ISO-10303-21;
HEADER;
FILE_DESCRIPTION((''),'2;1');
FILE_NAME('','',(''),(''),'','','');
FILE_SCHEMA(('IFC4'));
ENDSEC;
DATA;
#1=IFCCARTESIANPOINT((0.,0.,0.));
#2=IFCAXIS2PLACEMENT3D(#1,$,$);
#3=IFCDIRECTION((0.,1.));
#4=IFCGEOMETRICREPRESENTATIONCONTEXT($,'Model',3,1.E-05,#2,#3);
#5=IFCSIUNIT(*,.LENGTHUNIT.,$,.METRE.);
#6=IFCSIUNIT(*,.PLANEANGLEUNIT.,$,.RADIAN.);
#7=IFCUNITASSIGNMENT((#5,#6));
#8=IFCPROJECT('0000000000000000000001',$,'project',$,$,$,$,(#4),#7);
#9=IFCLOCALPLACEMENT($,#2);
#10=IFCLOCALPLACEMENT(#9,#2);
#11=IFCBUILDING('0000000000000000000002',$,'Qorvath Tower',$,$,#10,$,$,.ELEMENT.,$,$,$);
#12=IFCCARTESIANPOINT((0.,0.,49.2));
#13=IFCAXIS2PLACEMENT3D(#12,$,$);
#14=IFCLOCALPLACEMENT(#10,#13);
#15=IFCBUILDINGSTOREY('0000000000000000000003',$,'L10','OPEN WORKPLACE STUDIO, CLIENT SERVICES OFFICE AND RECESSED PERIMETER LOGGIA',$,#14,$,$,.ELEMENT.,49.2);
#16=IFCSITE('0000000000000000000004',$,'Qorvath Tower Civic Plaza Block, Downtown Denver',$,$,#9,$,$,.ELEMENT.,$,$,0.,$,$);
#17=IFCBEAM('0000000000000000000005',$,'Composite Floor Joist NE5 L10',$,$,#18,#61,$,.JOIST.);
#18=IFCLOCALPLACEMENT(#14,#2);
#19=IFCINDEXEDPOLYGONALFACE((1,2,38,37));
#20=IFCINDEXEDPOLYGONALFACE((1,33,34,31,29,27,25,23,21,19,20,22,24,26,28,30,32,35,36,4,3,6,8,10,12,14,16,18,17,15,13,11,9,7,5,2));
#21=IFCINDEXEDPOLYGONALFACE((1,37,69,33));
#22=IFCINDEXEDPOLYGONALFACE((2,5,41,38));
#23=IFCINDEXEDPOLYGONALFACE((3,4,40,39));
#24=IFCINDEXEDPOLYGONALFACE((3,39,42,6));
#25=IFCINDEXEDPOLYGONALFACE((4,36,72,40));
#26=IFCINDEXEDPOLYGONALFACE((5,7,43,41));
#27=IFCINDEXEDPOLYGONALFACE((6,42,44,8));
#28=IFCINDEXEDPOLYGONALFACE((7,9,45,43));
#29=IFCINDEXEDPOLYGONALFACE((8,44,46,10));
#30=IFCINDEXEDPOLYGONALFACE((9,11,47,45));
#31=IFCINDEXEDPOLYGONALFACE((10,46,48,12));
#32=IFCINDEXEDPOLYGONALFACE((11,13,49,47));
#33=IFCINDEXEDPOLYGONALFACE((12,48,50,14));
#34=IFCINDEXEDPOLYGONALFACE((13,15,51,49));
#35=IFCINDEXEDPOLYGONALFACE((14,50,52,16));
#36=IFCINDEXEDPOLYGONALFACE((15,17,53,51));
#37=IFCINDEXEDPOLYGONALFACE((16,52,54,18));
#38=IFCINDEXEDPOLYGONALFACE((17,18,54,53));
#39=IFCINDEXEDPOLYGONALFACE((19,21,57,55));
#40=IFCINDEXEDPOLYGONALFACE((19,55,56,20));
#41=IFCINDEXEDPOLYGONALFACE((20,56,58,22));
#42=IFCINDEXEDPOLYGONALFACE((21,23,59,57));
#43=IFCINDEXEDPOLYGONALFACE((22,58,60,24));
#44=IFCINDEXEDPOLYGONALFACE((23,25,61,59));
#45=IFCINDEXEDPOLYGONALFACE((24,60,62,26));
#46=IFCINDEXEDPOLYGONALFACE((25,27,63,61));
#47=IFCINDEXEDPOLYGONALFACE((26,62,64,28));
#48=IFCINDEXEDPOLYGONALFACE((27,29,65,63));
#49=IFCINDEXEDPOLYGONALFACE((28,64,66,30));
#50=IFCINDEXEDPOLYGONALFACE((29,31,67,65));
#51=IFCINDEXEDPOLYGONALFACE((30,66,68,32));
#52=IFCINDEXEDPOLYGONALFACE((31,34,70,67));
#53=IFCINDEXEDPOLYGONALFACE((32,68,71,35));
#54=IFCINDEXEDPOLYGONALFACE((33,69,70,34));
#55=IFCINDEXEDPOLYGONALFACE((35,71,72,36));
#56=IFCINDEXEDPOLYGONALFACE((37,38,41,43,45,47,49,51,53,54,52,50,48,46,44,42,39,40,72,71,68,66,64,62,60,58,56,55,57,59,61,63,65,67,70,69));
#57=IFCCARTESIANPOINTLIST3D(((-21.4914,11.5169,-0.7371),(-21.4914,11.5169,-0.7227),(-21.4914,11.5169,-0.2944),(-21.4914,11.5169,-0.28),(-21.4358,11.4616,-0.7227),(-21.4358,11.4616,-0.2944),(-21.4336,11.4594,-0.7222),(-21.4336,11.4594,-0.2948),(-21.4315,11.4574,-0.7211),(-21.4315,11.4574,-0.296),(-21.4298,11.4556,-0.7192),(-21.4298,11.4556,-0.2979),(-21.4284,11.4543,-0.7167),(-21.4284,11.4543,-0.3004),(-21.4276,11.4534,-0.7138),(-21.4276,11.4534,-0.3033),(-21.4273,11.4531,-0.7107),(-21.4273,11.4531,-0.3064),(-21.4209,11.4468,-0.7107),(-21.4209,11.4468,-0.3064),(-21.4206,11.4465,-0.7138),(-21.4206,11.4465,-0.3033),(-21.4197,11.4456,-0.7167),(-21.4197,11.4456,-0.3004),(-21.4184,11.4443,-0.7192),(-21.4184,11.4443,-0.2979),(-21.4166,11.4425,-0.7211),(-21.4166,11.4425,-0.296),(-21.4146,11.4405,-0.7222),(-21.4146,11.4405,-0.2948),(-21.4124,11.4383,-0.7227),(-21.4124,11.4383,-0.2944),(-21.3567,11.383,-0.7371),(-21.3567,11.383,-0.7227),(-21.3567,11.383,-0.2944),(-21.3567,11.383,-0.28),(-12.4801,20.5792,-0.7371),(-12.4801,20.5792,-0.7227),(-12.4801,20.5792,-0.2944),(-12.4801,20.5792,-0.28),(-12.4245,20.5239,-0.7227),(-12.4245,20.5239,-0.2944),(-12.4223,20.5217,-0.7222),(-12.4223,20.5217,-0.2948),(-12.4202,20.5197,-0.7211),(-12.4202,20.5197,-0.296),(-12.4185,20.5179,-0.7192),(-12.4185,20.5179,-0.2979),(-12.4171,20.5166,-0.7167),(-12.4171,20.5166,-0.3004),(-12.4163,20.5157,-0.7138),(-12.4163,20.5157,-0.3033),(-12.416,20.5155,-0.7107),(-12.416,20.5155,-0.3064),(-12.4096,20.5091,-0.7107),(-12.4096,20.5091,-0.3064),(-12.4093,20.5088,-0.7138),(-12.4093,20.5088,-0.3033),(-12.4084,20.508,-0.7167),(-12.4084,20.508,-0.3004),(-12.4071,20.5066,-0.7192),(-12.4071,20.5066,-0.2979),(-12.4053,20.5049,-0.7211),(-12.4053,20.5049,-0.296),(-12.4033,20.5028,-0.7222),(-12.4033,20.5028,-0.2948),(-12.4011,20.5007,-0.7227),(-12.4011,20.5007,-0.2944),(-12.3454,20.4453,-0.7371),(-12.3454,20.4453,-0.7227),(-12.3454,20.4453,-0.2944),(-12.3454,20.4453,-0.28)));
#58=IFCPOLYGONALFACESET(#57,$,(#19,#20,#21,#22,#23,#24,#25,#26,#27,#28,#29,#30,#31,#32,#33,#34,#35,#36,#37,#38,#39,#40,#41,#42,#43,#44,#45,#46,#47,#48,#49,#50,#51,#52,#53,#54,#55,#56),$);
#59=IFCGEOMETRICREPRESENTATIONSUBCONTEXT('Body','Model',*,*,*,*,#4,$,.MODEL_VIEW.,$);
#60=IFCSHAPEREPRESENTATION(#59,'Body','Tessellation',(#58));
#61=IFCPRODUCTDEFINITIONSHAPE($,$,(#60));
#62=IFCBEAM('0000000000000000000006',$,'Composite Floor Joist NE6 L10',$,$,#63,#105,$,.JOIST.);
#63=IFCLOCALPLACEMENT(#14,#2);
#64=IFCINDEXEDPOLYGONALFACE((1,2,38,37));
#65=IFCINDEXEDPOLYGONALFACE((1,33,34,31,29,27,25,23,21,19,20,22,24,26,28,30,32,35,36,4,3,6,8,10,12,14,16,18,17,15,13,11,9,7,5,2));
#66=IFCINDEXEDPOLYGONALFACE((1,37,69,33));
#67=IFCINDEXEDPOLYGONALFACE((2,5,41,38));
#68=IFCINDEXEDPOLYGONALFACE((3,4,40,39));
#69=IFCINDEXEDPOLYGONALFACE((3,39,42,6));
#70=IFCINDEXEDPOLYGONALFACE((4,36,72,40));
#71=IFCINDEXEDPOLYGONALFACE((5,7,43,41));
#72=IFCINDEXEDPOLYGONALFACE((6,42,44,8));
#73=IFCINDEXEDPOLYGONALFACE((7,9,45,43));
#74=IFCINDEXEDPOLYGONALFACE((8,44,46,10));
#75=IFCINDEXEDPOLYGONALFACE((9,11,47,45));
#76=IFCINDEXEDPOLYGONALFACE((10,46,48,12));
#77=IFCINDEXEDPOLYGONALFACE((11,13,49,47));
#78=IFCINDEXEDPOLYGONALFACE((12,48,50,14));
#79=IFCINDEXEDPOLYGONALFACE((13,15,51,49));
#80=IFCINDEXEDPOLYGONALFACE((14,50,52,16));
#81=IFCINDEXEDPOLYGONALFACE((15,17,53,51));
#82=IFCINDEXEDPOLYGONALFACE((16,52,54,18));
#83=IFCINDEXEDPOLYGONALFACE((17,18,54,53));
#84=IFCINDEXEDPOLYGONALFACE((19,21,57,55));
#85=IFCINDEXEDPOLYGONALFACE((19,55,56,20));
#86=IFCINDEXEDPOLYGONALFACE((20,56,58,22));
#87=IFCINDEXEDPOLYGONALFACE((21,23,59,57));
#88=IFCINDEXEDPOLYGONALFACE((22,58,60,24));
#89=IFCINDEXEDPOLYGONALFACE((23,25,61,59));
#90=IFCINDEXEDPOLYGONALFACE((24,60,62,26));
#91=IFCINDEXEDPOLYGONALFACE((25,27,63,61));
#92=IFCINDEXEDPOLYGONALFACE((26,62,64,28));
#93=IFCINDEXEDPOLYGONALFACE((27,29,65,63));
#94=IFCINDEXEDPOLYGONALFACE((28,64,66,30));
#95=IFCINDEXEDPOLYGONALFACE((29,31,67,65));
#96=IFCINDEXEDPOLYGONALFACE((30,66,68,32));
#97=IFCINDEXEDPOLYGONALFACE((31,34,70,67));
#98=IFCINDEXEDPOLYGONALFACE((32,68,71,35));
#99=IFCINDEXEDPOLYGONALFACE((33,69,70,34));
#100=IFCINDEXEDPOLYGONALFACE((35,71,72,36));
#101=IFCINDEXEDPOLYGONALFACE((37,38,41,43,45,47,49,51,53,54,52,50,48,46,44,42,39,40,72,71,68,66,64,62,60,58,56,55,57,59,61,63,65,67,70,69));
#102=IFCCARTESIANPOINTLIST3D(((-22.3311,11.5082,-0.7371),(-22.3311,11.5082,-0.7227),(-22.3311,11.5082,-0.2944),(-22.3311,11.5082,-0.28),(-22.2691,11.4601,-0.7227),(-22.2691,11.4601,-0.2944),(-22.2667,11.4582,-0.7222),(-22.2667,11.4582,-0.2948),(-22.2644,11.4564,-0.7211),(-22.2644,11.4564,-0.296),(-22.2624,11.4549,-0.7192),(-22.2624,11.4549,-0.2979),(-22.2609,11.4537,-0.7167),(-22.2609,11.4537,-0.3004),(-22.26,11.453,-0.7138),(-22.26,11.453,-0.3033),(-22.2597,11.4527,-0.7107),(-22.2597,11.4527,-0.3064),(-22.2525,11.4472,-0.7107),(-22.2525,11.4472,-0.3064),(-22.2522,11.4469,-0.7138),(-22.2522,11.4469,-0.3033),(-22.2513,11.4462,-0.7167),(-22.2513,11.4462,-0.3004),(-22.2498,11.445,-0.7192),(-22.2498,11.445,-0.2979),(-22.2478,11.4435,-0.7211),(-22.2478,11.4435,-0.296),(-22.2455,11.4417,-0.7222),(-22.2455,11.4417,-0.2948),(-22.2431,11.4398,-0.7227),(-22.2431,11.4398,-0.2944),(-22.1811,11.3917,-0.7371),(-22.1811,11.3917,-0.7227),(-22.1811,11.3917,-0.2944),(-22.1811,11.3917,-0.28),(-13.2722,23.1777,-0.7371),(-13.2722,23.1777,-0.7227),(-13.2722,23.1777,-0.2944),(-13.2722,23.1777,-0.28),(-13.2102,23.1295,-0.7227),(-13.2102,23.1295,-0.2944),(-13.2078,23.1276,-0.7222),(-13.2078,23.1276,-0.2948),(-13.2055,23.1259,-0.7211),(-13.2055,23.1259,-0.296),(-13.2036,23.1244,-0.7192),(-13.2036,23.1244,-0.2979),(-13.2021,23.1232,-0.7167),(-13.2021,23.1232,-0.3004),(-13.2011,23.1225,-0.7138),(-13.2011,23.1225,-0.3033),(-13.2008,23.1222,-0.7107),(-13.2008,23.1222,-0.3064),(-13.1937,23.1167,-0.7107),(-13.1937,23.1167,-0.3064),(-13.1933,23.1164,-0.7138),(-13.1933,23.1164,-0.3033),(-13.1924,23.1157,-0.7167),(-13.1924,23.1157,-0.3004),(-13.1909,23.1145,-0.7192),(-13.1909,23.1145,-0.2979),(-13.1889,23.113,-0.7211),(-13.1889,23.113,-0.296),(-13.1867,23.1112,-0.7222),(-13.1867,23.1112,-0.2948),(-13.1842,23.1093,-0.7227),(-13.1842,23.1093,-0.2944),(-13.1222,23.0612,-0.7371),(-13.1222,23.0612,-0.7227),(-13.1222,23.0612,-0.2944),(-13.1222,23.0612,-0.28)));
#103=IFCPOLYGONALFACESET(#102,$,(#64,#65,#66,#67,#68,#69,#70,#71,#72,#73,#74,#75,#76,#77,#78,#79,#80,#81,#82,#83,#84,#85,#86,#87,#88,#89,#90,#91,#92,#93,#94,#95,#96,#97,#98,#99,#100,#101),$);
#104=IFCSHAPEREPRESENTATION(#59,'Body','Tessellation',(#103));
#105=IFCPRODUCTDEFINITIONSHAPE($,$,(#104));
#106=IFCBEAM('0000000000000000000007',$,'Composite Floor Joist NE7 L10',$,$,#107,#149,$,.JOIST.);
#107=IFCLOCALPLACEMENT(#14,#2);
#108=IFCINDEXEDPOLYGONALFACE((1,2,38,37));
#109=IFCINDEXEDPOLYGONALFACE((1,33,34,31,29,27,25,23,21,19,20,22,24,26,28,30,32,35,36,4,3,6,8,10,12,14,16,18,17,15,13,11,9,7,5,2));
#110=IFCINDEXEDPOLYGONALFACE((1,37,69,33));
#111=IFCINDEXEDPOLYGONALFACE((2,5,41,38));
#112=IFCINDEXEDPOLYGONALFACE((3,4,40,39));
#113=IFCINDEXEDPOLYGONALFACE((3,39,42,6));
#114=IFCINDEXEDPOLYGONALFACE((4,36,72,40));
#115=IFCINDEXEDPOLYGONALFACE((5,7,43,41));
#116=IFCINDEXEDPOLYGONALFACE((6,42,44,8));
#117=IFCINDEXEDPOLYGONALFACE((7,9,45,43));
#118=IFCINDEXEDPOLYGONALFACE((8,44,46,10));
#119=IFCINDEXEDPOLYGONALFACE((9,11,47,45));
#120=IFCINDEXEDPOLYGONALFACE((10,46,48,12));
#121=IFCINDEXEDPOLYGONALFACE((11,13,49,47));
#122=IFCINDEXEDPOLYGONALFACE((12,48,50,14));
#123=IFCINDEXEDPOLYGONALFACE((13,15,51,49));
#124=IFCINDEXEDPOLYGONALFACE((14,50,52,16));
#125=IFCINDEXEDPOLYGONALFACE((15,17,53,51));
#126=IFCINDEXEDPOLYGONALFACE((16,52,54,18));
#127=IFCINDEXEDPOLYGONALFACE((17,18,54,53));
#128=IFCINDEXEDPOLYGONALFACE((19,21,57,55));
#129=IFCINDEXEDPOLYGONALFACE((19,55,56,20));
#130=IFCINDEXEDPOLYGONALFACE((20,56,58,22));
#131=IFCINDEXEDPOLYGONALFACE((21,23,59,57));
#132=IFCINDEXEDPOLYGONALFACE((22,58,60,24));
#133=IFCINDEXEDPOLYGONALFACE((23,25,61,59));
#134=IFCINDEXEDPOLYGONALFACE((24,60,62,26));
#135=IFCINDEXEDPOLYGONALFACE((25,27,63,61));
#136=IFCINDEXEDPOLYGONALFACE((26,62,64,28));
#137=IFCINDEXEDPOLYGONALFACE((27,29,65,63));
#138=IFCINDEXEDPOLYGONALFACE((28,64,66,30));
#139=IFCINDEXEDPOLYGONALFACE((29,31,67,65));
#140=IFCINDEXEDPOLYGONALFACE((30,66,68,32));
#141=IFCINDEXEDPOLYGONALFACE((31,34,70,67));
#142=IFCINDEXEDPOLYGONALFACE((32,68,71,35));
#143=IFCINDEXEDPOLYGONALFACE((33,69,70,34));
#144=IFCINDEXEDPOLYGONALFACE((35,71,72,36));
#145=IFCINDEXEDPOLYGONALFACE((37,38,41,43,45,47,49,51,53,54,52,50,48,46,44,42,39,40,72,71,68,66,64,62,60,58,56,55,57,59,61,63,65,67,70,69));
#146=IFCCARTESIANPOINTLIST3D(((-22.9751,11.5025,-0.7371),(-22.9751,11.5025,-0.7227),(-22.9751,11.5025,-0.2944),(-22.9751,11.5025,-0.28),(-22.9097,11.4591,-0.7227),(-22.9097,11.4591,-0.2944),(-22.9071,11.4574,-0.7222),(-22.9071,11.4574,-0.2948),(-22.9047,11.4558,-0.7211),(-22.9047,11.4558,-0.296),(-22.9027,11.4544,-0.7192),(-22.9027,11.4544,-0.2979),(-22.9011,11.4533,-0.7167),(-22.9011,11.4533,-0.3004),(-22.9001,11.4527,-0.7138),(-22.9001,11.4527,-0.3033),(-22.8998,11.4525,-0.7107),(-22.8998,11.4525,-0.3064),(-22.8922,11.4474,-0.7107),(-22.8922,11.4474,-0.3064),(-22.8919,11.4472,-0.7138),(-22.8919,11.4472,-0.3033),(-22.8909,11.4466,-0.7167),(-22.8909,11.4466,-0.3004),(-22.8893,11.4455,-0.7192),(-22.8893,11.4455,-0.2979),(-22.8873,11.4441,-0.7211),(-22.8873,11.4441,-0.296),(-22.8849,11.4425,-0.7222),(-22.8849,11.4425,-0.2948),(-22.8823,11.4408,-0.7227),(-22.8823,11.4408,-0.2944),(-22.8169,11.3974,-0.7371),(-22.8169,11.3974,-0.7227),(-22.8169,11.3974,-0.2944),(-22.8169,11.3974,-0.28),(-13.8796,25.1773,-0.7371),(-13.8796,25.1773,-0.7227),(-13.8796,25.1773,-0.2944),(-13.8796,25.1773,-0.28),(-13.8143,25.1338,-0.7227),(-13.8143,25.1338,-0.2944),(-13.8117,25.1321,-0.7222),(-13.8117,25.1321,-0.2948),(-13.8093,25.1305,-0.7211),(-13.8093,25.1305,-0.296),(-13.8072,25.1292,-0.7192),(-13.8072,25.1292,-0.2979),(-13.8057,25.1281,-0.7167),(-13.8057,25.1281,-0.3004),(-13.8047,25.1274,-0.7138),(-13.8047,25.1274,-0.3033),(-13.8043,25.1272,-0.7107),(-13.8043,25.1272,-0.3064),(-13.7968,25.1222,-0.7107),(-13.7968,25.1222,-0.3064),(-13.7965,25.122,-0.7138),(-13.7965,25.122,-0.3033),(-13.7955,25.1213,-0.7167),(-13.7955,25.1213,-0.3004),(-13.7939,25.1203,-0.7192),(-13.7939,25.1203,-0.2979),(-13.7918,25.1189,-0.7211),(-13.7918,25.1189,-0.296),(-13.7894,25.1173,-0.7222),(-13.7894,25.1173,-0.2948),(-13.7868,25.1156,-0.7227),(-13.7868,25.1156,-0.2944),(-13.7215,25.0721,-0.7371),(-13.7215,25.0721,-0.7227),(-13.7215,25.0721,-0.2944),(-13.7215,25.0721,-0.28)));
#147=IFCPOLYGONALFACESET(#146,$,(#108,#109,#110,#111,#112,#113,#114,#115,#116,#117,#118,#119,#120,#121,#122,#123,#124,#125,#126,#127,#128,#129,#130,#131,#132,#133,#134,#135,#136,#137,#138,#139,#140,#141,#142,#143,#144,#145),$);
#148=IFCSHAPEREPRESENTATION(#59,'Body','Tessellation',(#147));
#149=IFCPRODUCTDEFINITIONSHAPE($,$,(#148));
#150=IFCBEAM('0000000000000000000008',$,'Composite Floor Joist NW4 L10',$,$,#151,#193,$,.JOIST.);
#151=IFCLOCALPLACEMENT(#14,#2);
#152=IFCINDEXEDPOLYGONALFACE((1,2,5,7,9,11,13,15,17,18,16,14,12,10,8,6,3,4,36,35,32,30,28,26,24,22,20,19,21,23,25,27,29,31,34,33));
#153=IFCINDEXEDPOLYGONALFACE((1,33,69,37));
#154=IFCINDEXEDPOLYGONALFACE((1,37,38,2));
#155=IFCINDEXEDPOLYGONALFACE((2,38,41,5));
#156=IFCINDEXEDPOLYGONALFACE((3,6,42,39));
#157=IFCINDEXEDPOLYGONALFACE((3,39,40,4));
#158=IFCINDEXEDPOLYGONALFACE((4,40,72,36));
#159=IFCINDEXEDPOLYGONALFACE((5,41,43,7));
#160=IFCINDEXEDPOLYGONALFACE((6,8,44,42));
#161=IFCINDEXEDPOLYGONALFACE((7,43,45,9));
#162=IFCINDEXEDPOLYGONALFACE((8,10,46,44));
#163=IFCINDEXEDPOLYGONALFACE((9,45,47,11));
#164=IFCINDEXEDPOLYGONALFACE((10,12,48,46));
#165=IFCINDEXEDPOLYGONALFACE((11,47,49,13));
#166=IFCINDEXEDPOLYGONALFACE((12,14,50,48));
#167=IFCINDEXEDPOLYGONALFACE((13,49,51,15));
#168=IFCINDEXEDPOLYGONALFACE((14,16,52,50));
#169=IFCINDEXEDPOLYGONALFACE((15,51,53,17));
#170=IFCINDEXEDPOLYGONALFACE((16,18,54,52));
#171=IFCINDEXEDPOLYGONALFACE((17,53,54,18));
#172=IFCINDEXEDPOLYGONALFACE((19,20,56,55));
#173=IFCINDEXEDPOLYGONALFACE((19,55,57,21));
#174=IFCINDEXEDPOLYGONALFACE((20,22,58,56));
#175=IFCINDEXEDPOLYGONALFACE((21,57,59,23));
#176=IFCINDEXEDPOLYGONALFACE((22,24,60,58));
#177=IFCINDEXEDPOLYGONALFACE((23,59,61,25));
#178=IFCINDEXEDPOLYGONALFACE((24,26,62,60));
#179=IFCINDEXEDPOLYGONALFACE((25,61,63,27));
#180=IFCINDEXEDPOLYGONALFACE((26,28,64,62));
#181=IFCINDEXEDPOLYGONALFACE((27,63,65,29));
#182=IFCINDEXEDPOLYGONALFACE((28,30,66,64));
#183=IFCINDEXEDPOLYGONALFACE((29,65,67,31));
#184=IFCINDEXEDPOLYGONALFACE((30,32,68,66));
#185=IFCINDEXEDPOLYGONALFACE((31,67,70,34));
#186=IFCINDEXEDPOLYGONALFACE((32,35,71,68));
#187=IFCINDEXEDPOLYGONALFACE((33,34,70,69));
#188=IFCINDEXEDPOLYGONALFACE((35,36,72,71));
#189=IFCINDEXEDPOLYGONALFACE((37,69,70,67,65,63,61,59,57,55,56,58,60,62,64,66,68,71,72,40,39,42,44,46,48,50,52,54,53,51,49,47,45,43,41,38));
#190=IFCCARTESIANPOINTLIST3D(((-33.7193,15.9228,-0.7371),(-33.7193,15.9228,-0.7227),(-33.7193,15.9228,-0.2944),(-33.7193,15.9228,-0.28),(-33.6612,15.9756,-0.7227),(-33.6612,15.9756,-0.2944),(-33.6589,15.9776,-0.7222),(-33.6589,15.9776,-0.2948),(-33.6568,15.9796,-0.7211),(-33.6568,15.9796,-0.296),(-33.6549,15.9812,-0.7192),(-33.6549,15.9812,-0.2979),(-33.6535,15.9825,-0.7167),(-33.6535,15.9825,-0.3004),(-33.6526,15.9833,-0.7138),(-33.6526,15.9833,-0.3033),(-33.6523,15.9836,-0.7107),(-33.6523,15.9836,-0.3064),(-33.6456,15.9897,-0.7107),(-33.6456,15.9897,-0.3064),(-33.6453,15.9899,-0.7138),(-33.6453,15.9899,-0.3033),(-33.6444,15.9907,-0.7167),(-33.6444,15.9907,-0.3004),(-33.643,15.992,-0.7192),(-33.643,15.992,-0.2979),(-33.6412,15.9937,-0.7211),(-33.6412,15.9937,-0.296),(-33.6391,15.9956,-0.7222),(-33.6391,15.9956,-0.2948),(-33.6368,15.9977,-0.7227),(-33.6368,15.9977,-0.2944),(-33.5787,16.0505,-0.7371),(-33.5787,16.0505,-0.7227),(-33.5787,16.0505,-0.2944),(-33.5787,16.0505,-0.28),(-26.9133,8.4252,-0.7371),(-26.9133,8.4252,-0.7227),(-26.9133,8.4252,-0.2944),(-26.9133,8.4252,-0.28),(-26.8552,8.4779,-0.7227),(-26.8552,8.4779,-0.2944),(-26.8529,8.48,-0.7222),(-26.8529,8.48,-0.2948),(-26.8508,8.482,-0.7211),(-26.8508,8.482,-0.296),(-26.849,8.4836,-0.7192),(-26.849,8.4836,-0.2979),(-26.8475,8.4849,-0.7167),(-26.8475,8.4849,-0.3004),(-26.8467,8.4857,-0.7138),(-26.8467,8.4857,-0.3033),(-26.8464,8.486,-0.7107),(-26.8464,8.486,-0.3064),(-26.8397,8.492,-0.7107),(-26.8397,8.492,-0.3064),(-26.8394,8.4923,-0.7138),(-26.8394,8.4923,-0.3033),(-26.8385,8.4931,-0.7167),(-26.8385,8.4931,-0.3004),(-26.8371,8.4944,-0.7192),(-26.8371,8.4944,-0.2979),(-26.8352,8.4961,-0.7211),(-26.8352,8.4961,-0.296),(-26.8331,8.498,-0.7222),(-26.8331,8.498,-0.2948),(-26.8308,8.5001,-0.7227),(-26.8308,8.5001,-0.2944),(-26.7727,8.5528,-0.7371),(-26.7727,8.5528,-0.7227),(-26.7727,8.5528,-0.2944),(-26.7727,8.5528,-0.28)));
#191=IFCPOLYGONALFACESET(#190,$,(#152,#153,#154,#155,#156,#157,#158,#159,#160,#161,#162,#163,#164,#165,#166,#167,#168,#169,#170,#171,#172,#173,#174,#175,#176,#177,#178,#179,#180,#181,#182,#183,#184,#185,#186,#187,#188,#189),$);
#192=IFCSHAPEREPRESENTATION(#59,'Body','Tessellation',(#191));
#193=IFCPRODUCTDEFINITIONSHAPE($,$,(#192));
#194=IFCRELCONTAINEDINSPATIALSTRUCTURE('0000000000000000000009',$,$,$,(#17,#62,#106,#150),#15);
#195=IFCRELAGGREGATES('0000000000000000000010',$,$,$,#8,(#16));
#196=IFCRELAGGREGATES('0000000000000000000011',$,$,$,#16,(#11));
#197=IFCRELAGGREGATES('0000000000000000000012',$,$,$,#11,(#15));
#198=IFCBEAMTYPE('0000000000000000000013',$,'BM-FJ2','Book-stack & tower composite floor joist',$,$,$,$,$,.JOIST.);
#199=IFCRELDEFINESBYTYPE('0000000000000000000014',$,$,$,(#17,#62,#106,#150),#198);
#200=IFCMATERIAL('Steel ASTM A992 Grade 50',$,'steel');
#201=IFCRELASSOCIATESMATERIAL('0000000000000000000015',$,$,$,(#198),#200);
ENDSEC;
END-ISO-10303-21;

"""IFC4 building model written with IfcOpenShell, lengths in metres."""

from ifc_helpers import new_model, si_unit, direction, frame, origin, origin_2d, place, context, subcontext, project, spatial, i_section, extrude, material, material_profile, profile_set, type_object, element, save


model = new_model("IFC4")

# Units and contexts
model_context = context("Model", 3, precision=1e-05, world=origin(), true_north=direction((0.0, 1.0)))
body_context = subcontext(model_context, "Body", "Model", "MODEL_VIEW")
ifc_project = project(units=[si_unit("LENGTHUNIT", "METRE"), si_unit("PLANEANGLEUNIT", "RADIAN")], contexts=[model_context])

# Site, building, storey
site_placement = place(None, origin())
site = spatial("IfcSite", under=ifc_project, at=site_placement, Name="Qorvath Tower Civic Plaza Block, Downtown Denver", CompositionType="ELEMENT", RefElevation=0.0)
building_placement = place(site_placement, origin())
building = spatial("IfcBuilding", under=site, at=building_placement, Name="Qorvath Tower", CompositionType="ELEMENT")
storey_placement = place(building_placement, frame((0.0, 0.0, 49.2)))
storey = spatial("IfcBuildingStorey", under=building, at=storey_placement, Name="L10", Description="OPEN WORKPLACE STUDIO, CLIENT SERVICES OFFICE AND RECESSED PERIMETER LOGGIA", CompositionType="ELEMENT", Elevation=49.2)

# Beams
ifc_material_1 = material(Name="Steel ASTM A992 Grade 50", Category="steel")
ifc_material_profile_1 = material_profile(ifc_material_1, i_section(OverallWidth=0.1899, OverallDepth=0.457, WebThickness=0.009, FlangeThickness=0.0144, FilletRadius=0.012, at=origin_2d()), Name="W18x50")
ifc_profile_set_1 = profile_set([ifc_material_profile_1], Name="Steel ASTM A992 Grade 50")
beam_type_1 = type_object("IfcBeamType", Name="BM-FJ2", Description="Book-stack & tower composite floor joist", PredefinedType="JOIST", material=ifc_profile_set_1)
beam_1_placement = place(storey_placement, frame((-21.4241, 11.45, -0.5085), z_axis=(0.705108, 0.7091, 0.0), x_axis=(-0.7091, 0.705108, 0.0)))
element("IfcBeam", 1, at=beam_1_placement, inside=storey, type_object=beam_type_1, Name="Composite Floor Joist NE5 L10", PredefinedType="JOIST", context=body_context, shape_type="SweptSolid", body=[
    extrude(i_section(OverallWidth=0.1899, OverallDepth=0.457, WebThickness=0.009, FlangeThickness=0.0144, FilletRadius=0.012, at=origin_2d()), origin(), (0.0, 0.0, 1.0), 12.78),
])
beam_2_placement = place(storey_placement, frame((-22.2561, 11.45, -0.5085), z_axis=(0.613207, 0.789922, 0.0), x_axis=(-0.789922, 0.613207, 0.0)))
element("IfcBeam", 2, at=beam_2_placement, inside=storey, type_object=beam_type_1, Name="Composite Floor Joist NE6 L10", PredefinedType="JOIST", context=body_context, shape_type="SweptSolid", body=[
    extrude(i_section(OverallWidth=0.1899, OverallDepth=0.457, WebThickness=0.009, FlangeThickness=0.0144, FilletRadius=0.012, at=origin_2d()), origin(), (0.0, 0.0, 1.0), 14.7729),
])
beam_3_placement = place(storey_placement, frame((-22.896, 11.45, -0.5085), z_axis=(0.553811, 0.832642, 0.0), x_axis=(-0.832642, 0.553811, 0.0)))
element("IfcBeam", 3, at=beam_3_placement, inside=storey, type_object=beam_type_1, Name="Composite Floor Joist NE7 L10", PredefinedType="JOIST", context=body_context, shape_type="SweptSolid", body=[
    extrude(i_section(OverallWidth=0.1899, OverallDepth=0.457, WebThickness=0.009, FlangeThickness=0.0144, FilletRadius=0.012, at=origin_2d()), origin(), (0.0, 0.0, 1.0), 16.4233),
])
beam_4_placement = place(storey_placement, frame((-26.843, 8.489, -0.5085), z_axis=(-0.672129, 0.740434, 0.0), x_axis=(-0.740434, -0.672129, 0.0)))
element("IfcBeam", 4, at=beam_4_placement, inside=storey, type_object=beam_type_1, Name="Composite Floor Joist NW4 L10", PredefinedType="JOIST", context=body_context, shape_type="SweptSolid", body=[
    extrude(i_section(OverallWidth=0.1899, OverallDepth=0.457, WebThickness=0.009, FlangeThickness=0.0144, FilletRadius=0.012, at=origin_2d()), origin(), (0.0, 0.0, 1.0), 10.126),
])

save(model, "model.ifc")
